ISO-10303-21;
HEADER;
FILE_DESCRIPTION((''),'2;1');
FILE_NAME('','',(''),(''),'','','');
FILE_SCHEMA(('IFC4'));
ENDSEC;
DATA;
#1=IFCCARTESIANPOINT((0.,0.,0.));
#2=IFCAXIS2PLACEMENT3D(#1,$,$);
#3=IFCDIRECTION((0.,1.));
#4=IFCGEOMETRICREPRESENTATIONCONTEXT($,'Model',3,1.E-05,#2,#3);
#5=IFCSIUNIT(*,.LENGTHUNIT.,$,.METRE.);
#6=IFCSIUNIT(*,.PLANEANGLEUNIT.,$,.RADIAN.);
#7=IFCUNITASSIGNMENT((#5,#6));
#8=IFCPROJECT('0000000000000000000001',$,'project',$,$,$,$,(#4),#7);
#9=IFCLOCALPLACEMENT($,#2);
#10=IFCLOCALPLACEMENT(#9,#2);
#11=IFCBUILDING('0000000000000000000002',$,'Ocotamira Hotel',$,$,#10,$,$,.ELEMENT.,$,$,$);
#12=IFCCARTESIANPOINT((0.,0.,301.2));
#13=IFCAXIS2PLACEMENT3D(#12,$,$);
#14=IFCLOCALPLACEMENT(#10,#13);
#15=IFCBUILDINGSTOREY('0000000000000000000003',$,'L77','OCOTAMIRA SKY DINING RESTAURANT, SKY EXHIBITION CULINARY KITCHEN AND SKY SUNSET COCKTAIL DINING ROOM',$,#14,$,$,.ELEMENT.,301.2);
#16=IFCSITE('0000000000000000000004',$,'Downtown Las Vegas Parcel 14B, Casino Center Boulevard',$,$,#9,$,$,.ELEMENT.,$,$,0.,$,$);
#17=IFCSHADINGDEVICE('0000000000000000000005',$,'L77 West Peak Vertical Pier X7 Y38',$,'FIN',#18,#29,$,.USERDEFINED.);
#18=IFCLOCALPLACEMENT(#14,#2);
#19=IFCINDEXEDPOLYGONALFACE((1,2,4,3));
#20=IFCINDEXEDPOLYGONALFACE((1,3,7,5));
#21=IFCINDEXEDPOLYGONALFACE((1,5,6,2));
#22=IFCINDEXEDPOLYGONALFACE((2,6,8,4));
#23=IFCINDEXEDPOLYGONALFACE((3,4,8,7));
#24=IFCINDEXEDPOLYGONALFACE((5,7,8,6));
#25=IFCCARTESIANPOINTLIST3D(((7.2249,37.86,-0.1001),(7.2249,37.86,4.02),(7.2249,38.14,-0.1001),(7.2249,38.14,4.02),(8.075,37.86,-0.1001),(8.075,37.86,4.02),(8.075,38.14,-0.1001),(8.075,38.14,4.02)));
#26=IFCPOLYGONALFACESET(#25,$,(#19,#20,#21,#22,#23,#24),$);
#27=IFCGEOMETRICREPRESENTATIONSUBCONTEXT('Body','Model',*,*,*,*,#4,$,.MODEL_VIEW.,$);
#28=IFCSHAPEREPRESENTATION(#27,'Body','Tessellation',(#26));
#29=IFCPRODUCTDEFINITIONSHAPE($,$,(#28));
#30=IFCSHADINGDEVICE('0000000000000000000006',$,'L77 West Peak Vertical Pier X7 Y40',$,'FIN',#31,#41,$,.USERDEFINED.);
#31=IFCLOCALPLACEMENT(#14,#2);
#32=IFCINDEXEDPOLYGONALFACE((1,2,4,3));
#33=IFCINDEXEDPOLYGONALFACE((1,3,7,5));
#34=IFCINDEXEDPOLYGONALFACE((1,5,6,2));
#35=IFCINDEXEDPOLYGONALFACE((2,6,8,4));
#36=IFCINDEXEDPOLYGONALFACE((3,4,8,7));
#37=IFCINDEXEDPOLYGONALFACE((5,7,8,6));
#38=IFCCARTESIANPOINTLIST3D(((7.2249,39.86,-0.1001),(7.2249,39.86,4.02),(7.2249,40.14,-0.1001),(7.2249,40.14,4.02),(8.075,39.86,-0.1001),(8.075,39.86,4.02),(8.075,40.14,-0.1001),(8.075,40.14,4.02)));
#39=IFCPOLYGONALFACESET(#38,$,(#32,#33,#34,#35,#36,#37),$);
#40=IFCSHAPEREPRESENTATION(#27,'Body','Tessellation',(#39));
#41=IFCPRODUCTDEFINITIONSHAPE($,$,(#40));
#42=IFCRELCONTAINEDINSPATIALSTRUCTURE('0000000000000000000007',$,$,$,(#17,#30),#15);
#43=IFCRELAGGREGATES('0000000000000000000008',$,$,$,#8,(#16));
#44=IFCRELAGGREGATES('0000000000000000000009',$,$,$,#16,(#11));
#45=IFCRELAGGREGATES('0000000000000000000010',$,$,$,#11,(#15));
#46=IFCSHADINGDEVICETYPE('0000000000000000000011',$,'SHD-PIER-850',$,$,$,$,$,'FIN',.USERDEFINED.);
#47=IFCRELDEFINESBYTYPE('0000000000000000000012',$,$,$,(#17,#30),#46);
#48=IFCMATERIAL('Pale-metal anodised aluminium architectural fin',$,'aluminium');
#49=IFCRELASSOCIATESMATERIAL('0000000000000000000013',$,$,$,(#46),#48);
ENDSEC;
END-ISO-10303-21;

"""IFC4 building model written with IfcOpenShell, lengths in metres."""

from ifc_helpers import new_model, si_unit, direction, frame, origin, origin_2d, place, context, subcontext, project, spatial, rectangle, extrude, source, transform, mapped, material, type_object, element, save


model = new_model("IFC4")

# Units and contexts
model_context = context("Model", 3, precision=1e-05, world=origin(), true_north=direction((0.0, 1.0)))
body_context = subcontext(model_context, "Body", "Model", "MODEL_VIEW")
ifc_project = project(units=[si_unit("LENGTHUNIT", "METRE"), si_unit("PLANEANGLEUNIT", "RADIAN")], contexts=[model_context])

# Site, building, storey
site_placement = place(None, origin())
site = spatial("IfcSite", under=ifc_project, at=site_placement, Name="Downtown Las Vegas Parcel 14B, Casino Center Boulevard", CompositionType="ELEMENT", RefElevation=0.0)
building_placement = place(site_placement, origin())
building = spatial("IfcBuilding", under=site, at=building_placement, Name="Ocotamira Hotel", CompositionType="ELEMENT")
storey_placement = place(building_placement, frame((0.0, 0.0, 301.2)))
storey = spatial("IfcBuildingStorey", under=building, at=storey_placement, Name="L77", Description="OCOTAMIRA SKY DINING RESTAURANT, SKY EXHIBITION CULINARY KITCHEN AND SKY SUNSET COCKTAIL DINING ROOM", CompositionType="ELEMENT", Elevation=301.2)

# Shading devices
ifc_material_1 = material(Name="Pale-metal anodised aluminium architectural fin", Category="aluminium")
shading_device_type = type_object("IfcShadingDeviceType", Name="SHD-PIER-850", ElementType="FIN", PredefinedType="USERDEFINED", material=ifc_material_1)
shared_shape_1 = source(origin(), body_context, "Body", "SweptSolid", [
    extrude(rectangle(XDim=0.8501, YDim=0.28, at=origin_2d()), origin(), (0.0, 0.0, 1.0), 4.1201),
])
for number, where, z_axis, x_axis, name in (
    (1, (7.6499, 38.0, -0.1001), (0.0, 0.0, 1.0), (1.0, 0.0, 0.0), "L77 West Peak Vertical Pier X7 Y38"),
    (2, (7.6499, 40.0, -0.1001), (0.0, 0.0, 1.0), (1.0, 0.0, 0.0), "L77 West Peak Vertical Pier X7 Y40"),
):
    element("IfcShadingDevice", number, at=place(storey_placement, frame(where, z_axis=z_axis, x_axis=x_axis)), inside=storey, type_object=shading_device_type, Name=name, ObjectType="FIN", PredefinedType="USERDEFINED", context=body_context, shape_type="MappedRepresentation", body=[
        mapped(shared_shape_1, transform((0.0, 0.0, 0.0), scale=1.0)),
    ])

save(model, "model.ifc")
